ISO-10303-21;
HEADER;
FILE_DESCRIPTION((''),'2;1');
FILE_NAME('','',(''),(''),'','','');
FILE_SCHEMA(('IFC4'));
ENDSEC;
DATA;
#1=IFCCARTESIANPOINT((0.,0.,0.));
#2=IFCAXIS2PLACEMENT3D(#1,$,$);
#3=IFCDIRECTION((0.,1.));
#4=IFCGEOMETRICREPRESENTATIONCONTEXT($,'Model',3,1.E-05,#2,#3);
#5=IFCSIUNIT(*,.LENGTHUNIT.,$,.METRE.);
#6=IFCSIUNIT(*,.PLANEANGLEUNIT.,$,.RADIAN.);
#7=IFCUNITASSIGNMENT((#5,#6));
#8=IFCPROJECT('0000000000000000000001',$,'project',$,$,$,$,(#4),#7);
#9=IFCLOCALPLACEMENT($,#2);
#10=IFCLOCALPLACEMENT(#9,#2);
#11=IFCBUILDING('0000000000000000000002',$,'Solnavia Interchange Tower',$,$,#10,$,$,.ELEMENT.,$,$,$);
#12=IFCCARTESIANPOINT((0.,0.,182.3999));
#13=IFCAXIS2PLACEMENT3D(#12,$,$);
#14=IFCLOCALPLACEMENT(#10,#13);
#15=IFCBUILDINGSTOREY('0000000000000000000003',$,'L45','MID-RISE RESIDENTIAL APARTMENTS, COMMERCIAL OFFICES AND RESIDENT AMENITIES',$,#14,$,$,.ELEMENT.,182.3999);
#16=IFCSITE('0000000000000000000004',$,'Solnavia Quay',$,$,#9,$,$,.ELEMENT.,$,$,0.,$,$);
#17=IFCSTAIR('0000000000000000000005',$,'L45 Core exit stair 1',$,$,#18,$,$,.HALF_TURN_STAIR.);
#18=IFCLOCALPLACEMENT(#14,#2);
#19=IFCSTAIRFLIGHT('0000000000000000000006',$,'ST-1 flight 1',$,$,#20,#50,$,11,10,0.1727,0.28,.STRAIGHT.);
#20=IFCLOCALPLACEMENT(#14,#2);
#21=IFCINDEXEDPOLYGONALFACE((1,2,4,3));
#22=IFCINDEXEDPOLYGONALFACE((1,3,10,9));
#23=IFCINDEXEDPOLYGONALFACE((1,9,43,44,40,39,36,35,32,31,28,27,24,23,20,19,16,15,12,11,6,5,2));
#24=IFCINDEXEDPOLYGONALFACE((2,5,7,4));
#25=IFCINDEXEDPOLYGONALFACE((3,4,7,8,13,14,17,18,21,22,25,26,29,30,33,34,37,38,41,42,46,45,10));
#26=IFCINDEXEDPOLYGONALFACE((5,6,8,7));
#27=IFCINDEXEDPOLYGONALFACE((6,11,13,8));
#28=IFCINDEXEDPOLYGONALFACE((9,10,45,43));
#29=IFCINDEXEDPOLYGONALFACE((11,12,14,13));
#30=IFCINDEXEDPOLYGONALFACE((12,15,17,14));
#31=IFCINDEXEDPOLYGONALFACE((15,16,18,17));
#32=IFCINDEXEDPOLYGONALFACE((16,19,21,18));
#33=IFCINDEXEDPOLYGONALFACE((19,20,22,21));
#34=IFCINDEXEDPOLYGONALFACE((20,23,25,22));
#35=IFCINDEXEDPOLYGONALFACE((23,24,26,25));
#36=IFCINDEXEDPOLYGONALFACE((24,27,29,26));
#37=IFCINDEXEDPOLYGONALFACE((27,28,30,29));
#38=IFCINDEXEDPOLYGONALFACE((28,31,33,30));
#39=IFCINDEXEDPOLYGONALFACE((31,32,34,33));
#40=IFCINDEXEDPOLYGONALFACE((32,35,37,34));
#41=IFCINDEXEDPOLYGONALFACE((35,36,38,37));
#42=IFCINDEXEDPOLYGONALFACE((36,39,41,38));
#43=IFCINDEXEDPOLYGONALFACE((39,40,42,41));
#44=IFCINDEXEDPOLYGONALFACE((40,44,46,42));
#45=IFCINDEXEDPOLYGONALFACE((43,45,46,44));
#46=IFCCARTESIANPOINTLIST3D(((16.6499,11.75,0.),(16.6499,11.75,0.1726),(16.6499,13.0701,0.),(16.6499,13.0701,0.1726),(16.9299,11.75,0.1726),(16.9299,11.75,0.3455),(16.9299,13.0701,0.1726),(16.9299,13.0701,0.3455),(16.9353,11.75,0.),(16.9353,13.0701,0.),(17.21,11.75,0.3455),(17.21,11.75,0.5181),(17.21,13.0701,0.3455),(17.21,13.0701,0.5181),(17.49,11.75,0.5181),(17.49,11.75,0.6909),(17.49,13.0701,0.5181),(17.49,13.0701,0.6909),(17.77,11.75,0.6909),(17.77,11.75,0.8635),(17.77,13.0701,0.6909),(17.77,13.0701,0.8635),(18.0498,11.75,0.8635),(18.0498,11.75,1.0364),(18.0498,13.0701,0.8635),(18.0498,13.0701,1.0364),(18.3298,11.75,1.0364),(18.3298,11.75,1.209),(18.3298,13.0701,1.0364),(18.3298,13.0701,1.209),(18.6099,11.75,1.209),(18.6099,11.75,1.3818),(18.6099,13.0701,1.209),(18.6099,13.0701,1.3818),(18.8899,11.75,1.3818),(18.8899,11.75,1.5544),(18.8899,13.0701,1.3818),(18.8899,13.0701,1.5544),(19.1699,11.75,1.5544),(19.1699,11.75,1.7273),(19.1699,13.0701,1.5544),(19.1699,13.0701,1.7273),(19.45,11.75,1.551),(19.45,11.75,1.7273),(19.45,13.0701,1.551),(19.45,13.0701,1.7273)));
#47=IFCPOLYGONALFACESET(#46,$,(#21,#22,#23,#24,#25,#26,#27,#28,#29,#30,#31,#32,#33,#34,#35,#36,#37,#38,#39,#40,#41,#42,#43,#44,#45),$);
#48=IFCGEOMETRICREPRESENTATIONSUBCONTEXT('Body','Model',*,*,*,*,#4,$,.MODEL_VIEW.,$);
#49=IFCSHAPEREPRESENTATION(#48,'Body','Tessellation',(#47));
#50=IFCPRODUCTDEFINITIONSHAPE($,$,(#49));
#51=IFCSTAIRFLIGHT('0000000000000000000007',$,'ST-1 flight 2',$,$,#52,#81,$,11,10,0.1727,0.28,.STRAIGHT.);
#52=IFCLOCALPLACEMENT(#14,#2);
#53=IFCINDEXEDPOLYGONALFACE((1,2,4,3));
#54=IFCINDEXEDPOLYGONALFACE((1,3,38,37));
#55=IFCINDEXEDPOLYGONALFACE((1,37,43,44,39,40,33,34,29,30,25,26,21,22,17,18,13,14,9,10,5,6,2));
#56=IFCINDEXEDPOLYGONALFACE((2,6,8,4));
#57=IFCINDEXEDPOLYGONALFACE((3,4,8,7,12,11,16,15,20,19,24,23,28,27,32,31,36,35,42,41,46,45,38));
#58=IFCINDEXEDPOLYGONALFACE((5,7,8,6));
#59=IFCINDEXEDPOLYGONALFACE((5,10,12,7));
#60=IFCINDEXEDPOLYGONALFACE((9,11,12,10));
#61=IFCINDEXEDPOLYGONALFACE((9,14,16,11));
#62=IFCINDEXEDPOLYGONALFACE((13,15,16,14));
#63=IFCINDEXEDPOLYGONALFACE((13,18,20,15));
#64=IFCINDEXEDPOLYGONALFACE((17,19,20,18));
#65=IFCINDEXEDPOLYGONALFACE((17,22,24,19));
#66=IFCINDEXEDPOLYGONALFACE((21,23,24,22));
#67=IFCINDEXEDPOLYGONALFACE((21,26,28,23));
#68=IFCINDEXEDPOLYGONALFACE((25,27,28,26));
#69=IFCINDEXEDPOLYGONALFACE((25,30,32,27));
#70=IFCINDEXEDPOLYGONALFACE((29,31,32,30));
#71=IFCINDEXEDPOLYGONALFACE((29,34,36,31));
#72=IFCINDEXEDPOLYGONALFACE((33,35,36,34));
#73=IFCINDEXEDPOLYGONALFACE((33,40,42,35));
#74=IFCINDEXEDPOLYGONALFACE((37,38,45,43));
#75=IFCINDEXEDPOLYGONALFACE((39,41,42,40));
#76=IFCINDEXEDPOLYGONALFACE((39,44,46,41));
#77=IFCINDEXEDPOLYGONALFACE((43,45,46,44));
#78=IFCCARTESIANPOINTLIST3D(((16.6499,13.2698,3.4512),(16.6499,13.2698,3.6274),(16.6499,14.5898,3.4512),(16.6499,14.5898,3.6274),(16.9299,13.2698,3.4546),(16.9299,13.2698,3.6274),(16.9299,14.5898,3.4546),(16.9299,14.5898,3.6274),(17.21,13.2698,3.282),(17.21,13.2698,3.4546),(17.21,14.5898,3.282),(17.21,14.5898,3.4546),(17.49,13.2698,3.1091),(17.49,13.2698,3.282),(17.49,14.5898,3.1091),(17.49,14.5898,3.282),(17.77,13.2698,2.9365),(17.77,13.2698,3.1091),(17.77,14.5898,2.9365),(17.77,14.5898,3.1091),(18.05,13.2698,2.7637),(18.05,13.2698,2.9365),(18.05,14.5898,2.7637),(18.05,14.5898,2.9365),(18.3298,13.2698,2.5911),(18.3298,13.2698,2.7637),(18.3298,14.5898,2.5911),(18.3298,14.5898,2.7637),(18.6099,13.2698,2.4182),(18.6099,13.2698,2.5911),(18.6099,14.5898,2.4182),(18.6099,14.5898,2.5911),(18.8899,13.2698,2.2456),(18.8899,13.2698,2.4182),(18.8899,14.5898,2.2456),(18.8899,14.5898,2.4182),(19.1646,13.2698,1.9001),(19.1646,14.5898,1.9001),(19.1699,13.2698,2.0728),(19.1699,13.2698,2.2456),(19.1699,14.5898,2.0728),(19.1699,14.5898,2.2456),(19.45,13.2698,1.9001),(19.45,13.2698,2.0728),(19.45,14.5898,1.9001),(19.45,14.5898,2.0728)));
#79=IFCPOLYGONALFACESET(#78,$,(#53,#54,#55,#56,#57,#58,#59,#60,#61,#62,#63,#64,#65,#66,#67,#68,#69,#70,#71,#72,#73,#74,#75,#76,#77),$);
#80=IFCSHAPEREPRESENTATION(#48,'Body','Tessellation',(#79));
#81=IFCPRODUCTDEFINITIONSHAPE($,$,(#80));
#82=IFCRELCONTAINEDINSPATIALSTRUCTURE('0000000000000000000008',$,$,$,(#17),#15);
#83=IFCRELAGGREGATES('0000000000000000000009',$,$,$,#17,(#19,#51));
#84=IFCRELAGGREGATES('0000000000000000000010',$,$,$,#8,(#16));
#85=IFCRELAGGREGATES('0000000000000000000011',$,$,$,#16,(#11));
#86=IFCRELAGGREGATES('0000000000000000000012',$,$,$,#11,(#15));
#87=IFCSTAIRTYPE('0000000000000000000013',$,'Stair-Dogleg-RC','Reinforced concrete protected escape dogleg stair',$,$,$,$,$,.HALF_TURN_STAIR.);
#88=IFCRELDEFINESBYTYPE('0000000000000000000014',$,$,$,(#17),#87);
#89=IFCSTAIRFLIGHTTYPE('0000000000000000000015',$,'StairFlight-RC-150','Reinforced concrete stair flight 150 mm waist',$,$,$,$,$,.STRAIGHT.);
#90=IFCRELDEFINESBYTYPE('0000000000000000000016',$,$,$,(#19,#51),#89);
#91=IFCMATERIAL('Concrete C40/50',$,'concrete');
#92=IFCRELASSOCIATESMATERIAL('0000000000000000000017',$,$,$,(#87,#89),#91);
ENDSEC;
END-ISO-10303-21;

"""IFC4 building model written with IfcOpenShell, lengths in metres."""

from ifc_helpers import new_model, si_unit, direction, frame, origin, place, context, subcontext, project, spatial, polyline, outline, extrude, material, type_object, element, aggregate, save


model = new_model("IFC4")

# Units and contexts
model_context = context("Model", 3, precision=1e-05, world=origin(), true_north=direction((0.0, 1.0)))
body_context = subcontext(model_context, "Body", "Model", "MODEL_VIEW")
ifc_project = project(units=[si_unit("LENGTHUNIT", "METRE"), si_unit("PLANEANGLEUNIT", "RADIAN")], contexts=[model_context])

# Site, building, storey
site_placement = place(None, origin())
site = spatial("IfcSite", under=ifc_project, at=site_placement, Name="Solnavia Quay", CompositionType="ELEMENT", RefElevation=0.0)
building_placement = place(site_placement, origin())
building = spatial("IfcBuilding", under=site, at=building_placement, Name="Solnavia Interchange Tower", CompositionType="ELEMENT")
storey_placement = place(building_placement, frame((0.0, 0.0, 182.3999)))
storey = spatial("IfcBuildingStorey", under=building, at=storey_placement, Name="L45", Description="MID-RISE RESIDENTIAL APARTMENTS, COMMERCIAL OFFICES AND RESIDENT AMENITIES", CompositionType="ELEMENT", Elevation=182.3999)

# Shared definitions
ifc_material_1 = material(Name="Concrete C40/50", Category="concrete")

# Stair, stair flights
stair_type = type_object("IfcStairType", Name="Stair-Dogleg-RC", Description="Reinforced concrete protected escape dogleg stair", PredefinedType="HALF_TURN_STAIR", material=ifc_material_1)
stair_placement = place(storey_placement, origin())
stair = element("IfcStair", 1, at=stair_placement, inside=storey, type_object=stair_type, Name="L45 Core exit stair 1", PredefinedType="HALF_TURN_STAIR")
stair_flight_type = type_object("IfcStairFlightType", Name="StairFlight-RC-150", Description="Reinforced concrete stair flight 150 mm waist", PredefinedType="STRAIGHT", material=ifc_material_1)
stair_flight_1_placement = place(storey_placement, frame((16.6499, 12.4099, 0.0), z_axis=(0.0, 0.0, 1.0), x_axis=(1.0, 0.0, 0.0)))
stair_flight_1 = element("IfcStairFlight", 2, at=stair_flight_1_placement, type_object=stair_flight_type, Name="ST-1 flight 1", NumberOfRisers=11, NumberOfTreads=10, PredefinedType="STRAIGHT", RiserHeight=0.1727, TreadLength=0.28, context=body_context, shape_type="SweptSolid", body=[
    extrude(outline(polyline([(0.0, 0.0), (0.0, 0.1726), (0.28, 0.1726), (0.28, 0.3455), (0.5601, 0.3455), (0.5601, 0.5181), (0.8401, 0.5181), (0.8401, 0.6909), (1.1201, 0.6909), (1.1201, 0.8635), (1.3999, 0.8635), (1.3999, 1.0364), (1.6799, 1.0364), (1.6799, 1.209), (1.96, 1.209), (1.96, 1.3818), (2.24, 1.3818), (2.24, 1.5544), (2.52, 1.5544), (2.52, 1.7273), (2.8, 1.7273), (2.8, 1.8999), (2.8, 1.551), (0.2854, 0.0), (0.0, 0.0)])), frame((0.0, 0.6602, 0.0), z_axis=(0.0, -1.0, 0.0), x_axis=(1.0, 0.0, 0.0)), (0.0, 0.0, 1.0), 1.3201),
])
stair_flight_2_placement = place(storey_placement, frame((19.45, 13.9299, 1.9001), z_axis=(0.0, 0.0, 1.0), x_axis=(-1.0, 0.0, 0.0)))
stair_flight_2 = element("IfcStairFlight", 3, at=stair_flight_2_placement, type_object=stair_flight_type, Name="ST-1 flight 2", NumberOfRisers=11, NumberOfTreads=10, PredefinedType="STRAIGHT", RiserHeight=0.1727, TreadLength=0.28, context=body_context, shape_type="SweptSolid", body=[
    extrude(outline(polyline([(0.0, 0.0), (0.0, 0.1726), (0.28, 0.1726), (0.28, 0.3455), (0.5601, 0.3455), (0.5601, 0.5181), (0.8401, 0.5181), (0.8401, 0.6909), (1.1201, 0.6909), (1.1201, 0.8635), (1.3999, 0.8635), (1.3999, 1.0364), (1.6799, 1.0364), (1.6799, 1.209), (1.96, 1.209), (1.96, 1.3818), (2.24, 1.3818), (2.24, 1.5544), (2.52, 1.5544), (2.52, 1.7273), (2.8, 1.7273), (2.8, 1.8999), (2.8, 1.551), (0.2854, 0.0), (0.0, 0.0)])), frame((0.0, 0.6602, 0.0), z_axis=(0.0, -1.0, 0.0), x_axis=(1.0, 0.0, 0.0)), (0.0, 0.0, 1.0), 1.3201),
])
aggregate(stair, [stair_flight_1, stair_flight_2])

save(model, "model.ifc")
